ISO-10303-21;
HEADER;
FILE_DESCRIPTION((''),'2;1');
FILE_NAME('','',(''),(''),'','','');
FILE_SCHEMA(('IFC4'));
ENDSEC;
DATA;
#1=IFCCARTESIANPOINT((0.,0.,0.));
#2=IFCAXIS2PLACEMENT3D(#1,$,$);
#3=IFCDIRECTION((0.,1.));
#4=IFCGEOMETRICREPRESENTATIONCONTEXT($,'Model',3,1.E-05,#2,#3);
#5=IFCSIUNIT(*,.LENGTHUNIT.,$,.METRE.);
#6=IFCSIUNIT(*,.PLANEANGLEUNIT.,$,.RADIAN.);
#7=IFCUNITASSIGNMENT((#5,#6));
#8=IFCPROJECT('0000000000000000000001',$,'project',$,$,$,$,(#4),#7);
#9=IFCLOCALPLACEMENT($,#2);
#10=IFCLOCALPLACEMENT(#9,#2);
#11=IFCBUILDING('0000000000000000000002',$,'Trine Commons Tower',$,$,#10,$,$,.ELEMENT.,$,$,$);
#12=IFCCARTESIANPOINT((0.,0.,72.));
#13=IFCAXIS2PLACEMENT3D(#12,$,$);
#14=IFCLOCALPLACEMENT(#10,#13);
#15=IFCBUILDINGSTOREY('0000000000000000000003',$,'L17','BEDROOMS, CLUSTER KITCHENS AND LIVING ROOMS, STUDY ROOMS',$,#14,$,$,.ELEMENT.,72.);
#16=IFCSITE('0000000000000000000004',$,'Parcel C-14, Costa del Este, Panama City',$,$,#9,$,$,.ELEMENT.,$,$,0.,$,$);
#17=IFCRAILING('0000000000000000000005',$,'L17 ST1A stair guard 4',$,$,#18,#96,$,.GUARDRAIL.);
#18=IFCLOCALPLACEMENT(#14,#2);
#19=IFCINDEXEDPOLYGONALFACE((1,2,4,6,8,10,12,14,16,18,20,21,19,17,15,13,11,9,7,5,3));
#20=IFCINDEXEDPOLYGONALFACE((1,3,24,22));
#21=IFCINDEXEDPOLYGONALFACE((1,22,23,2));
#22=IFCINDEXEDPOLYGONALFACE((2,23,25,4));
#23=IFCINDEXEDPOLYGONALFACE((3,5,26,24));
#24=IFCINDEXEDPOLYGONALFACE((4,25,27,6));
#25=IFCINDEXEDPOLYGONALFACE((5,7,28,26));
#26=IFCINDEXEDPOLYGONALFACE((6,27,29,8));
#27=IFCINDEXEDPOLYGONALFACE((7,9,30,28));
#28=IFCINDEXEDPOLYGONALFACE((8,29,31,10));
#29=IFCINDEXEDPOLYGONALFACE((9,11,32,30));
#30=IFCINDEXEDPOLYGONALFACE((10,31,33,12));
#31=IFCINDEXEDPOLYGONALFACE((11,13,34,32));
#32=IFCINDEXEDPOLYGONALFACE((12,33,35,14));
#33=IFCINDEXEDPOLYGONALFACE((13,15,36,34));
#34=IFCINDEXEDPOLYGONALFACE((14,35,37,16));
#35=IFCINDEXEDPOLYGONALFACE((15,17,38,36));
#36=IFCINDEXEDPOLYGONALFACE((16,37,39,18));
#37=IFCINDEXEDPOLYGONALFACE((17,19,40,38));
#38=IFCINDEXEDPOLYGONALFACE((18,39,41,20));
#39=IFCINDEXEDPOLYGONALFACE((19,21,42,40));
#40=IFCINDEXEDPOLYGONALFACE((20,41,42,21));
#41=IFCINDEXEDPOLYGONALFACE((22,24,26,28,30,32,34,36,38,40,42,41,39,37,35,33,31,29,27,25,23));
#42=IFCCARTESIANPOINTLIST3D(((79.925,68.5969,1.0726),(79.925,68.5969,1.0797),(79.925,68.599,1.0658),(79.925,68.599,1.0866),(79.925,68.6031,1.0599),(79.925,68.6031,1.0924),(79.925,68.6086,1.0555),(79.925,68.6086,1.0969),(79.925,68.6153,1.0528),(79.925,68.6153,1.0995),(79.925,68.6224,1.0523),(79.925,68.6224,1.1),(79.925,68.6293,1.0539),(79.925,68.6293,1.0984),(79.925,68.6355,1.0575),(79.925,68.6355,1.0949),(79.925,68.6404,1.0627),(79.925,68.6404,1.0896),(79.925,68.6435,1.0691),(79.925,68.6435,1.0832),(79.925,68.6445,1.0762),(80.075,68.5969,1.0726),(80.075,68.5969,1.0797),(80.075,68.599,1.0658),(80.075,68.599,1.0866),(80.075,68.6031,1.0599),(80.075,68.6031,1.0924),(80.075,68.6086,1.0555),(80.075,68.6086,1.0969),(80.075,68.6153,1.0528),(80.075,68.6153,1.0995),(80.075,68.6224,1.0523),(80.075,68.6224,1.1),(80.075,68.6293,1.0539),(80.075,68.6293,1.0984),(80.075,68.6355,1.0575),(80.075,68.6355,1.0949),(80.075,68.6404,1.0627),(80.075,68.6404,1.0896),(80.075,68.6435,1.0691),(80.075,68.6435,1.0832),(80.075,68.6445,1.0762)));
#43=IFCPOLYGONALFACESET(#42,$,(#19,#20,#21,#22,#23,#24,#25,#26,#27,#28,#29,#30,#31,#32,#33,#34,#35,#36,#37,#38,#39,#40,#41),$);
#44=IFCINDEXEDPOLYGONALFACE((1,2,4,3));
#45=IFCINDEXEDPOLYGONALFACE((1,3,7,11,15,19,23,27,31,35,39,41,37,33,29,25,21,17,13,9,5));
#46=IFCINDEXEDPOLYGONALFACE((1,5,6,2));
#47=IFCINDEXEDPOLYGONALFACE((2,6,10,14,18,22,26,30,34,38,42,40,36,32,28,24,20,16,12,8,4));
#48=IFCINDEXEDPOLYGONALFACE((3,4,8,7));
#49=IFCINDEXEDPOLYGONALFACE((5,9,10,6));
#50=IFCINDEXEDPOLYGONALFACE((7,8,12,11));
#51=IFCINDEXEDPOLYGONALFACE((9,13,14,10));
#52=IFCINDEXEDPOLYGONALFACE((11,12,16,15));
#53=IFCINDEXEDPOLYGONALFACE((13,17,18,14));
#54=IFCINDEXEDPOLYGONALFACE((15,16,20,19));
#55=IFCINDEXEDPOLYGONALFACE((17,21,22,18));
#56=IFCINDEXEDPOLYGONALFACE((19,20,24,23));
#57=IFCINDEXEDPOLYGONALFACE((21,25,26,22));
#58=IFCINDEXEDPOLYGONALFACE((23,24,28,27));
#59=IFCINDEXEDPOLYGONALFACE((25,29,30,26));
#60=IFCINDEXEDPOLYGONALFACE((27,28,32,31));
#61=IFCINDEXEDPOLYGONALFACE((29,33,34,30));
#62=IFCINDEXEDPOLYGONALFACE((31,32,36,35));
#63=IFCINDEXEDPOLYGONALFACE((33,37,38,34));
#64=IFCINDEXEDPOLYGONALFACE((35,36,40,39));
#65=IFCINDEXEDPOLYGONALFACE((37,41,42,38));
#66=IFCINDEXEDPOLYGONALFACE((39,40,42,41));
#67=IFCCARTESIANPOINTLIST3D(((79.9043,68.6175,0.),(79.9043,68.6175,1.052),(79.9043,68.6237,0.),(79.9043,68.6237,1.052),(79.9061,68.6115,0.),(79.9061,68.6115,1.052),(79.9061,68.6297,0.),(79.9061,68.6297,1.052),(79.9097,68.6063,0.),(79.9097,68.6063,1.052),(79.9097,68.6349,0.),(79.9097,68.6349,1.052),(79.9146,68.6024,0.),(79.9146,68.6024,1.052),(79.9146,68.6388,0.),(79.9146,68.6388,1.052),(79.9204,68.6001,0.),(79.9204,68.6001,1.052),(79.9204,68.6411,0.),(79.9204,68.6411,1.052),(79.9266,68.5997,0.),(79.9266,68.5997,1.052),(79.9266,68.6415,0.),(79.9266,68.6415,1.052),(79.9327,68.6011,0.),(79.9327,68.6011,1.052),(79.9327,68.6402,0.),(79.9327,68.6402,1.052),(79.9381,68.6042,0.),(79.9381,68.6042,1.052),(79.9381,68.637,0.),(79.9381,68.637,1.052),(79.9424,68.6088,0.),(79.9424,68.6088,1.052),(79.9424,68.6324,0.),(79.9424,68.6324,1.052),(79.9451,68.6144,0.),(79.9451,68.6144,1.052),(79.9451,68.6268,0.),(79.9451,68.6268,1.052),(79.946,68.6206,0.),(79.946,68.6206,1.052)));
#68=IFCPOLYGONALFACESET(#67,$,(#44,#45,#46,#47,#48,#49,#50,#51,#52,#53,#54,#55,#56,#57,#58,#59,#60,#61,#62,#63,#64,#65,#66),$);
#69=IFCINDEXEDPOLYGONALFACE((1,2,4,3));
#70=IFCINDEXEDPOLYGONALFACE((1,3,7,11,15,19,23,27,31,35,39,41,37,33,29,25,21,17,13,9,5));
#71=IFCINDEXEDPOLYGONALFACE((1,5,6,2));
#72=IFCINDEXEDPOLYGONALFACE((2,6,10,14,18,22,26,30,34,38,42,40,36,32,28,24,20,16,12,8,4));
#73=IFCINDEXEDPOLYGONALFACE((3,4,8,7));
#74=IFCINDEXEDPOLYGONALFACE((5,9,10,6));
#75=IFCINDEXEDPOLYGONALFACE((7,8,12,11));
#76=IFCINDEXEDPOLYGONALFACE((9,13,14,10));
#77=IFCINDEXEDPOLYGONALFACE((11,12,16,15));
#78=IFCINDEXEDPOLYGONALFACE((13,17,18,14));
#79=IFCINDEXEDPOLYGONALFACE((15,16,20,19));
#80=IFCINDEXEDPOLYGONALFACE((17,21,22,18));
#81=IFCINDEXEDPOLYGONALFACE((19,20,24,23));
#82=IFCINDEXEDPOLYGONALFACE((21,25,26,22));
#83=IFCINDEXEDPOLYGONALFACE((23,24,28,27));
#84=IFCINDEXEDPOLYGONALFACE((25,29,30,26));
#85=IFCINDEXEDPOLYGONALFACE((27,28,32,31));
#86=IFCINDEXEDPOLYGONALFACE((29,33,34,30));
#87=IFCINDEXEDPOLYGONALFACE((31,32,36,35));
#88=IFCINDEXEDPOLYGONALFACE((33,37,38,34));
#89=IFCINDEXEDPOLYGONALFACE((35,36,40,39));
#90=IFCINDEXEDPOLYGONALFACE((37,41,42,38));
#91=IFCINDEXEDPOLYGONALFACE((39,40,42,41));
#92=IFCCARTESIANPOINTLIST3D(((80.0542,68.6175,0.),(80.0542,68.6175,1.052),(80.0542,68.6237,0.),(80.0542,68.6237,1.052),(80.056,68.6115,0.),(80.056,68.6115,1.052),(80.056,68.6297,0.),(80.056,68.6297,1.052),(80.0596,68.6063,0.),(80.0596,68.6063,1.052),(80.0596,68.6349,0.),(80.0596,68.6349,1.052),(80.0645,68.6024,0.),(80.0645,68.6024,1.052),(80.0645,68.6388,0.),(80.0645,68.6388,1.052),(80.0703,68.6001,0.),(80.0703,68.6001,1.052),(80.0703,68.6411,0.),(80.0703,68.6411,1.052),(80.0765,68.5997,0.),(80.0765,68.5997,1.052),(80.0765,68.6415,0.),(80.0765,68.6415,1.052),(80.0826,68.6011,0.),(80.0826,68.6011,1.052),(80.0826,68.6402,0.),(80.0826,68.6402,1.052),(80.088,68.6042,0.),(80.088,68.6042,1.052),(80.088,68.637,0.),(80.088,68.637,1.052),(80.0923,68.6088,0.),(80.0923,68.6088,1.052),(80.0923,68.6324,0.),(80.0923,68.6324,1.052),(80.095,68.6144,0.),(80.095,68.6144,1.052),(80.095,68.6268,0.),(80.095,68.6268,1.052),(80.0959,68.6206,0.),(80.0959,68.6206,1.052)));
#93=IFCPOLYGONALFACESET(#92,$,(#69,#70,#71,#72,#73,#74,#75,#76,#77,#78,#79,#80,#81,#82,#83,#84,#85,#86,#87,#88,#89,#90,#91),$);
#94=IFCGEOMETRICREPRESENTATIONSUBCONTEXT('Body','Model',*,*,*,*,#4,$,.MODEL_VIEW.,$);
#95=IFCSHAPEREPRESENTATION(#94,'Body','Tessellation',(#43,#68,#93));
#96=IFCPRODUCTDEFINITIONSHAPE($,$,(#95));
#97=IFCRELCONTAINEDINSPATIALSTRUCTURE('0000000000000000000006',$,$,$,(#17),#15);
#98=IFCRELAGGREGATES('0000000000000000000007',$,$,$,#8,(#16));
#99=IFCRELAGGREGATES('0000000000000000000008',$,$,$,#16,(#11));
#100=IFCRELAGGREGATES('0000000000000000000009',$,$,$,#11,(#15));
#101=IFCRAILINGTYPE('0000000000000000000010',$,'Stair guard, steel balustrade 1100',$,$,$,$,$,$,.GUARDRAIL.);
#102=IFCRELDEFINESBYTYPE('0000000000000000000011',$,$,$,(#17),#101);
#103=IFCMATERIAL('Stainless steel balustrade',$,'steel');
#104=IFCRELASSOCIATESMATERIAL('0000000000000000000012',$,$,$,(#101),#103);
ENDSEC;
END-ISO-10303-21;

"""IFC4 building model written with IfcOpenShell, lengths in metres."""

from ifc_helpers import new_model, si_unit, direction, frame, origin, origin_2d, place, context, subcontext, project, spatial, circle, extrude, material, type_object, element, save


model = new_model("IFC4")

# Units and contexts
model_context = context("Model", 3, precision=1e-05, world=origin(), true_north=direction((0.0, 1.0)))
body_context = subcontext(model_context, "Body", "Model", "MODEL_VIEW")
ifc_project = project(units=[si_unit("LENGTHUNIT", "METRE"), si_unit("PLANEANGLEUNIT", "RADIAN")], contexts=[model_context])

# Site, building, storey
site_placement = place(None, origin())
site = spatial("IfcSite", under=ifc_project, at=site_placement, Name="Parcel C-14, Costa del Este, Panama City", CompositionType="ELEMENT", RefElevation=0.0)
building_placement = place(site_placement, origin())
building = spatial("IfcBuilding", under=site, at=building_placement, Name="Trine Commons Tower", CompositionType="ELEMENT")
storey_placement = place(building_placement, frame((0.0, 0.0, 72.0)))
storey = spatial("IfcBuildingStorey", under=building, at=storey_placement, Name="L17", Description="BEDROOMS, CLUSTER KITCHENS AND LIVING ROOMS, STUDY ROOMS", CompositionType="ELEMENT", Elevation=72.0)

# Railing
ifc_material_1 = material(Name="Stainless steel balustrade", Category="steel")
railing_type_1 = type_object("IfcRailingType", Name="Stair guard, steel balustrade 1100", PredefinedType="GUARDRAIL", material=ifc_material_1)
railing_1_placement = place(storey_placement, frame((79.925, 68.6206, 0.0)))
element("IfcRailing", 1, at=railing_1_placement, inside=storey, type_object=railing_type_1, Name="L17 ST1A stair guard 4", PredefinedType="GUARDRAIL", context=body_context, shape_type="SweptSolid", body=[
    extrude(circle(Radius=0.0239, at=origin_2d()), frame((0.0, 0.0, 1.0762), z_axis=(1.0, 0.0, 0.0), x_axis=(0.0, 1.0, 0.0)), (0.0, 0.0, 1.0), 0.1499),
    extrude(circle(Radius=0.021, at=origin_2d()), origin(), (0.0, 0.0, 1.0), 1.052),
    extrude(circle(Radius=0.021, at=origin_2d()), frame((0.1499, 0.0, 0.0)), (0.0, 0.0, 1.0), 1.052),
])

save(model, "model.ifc")
